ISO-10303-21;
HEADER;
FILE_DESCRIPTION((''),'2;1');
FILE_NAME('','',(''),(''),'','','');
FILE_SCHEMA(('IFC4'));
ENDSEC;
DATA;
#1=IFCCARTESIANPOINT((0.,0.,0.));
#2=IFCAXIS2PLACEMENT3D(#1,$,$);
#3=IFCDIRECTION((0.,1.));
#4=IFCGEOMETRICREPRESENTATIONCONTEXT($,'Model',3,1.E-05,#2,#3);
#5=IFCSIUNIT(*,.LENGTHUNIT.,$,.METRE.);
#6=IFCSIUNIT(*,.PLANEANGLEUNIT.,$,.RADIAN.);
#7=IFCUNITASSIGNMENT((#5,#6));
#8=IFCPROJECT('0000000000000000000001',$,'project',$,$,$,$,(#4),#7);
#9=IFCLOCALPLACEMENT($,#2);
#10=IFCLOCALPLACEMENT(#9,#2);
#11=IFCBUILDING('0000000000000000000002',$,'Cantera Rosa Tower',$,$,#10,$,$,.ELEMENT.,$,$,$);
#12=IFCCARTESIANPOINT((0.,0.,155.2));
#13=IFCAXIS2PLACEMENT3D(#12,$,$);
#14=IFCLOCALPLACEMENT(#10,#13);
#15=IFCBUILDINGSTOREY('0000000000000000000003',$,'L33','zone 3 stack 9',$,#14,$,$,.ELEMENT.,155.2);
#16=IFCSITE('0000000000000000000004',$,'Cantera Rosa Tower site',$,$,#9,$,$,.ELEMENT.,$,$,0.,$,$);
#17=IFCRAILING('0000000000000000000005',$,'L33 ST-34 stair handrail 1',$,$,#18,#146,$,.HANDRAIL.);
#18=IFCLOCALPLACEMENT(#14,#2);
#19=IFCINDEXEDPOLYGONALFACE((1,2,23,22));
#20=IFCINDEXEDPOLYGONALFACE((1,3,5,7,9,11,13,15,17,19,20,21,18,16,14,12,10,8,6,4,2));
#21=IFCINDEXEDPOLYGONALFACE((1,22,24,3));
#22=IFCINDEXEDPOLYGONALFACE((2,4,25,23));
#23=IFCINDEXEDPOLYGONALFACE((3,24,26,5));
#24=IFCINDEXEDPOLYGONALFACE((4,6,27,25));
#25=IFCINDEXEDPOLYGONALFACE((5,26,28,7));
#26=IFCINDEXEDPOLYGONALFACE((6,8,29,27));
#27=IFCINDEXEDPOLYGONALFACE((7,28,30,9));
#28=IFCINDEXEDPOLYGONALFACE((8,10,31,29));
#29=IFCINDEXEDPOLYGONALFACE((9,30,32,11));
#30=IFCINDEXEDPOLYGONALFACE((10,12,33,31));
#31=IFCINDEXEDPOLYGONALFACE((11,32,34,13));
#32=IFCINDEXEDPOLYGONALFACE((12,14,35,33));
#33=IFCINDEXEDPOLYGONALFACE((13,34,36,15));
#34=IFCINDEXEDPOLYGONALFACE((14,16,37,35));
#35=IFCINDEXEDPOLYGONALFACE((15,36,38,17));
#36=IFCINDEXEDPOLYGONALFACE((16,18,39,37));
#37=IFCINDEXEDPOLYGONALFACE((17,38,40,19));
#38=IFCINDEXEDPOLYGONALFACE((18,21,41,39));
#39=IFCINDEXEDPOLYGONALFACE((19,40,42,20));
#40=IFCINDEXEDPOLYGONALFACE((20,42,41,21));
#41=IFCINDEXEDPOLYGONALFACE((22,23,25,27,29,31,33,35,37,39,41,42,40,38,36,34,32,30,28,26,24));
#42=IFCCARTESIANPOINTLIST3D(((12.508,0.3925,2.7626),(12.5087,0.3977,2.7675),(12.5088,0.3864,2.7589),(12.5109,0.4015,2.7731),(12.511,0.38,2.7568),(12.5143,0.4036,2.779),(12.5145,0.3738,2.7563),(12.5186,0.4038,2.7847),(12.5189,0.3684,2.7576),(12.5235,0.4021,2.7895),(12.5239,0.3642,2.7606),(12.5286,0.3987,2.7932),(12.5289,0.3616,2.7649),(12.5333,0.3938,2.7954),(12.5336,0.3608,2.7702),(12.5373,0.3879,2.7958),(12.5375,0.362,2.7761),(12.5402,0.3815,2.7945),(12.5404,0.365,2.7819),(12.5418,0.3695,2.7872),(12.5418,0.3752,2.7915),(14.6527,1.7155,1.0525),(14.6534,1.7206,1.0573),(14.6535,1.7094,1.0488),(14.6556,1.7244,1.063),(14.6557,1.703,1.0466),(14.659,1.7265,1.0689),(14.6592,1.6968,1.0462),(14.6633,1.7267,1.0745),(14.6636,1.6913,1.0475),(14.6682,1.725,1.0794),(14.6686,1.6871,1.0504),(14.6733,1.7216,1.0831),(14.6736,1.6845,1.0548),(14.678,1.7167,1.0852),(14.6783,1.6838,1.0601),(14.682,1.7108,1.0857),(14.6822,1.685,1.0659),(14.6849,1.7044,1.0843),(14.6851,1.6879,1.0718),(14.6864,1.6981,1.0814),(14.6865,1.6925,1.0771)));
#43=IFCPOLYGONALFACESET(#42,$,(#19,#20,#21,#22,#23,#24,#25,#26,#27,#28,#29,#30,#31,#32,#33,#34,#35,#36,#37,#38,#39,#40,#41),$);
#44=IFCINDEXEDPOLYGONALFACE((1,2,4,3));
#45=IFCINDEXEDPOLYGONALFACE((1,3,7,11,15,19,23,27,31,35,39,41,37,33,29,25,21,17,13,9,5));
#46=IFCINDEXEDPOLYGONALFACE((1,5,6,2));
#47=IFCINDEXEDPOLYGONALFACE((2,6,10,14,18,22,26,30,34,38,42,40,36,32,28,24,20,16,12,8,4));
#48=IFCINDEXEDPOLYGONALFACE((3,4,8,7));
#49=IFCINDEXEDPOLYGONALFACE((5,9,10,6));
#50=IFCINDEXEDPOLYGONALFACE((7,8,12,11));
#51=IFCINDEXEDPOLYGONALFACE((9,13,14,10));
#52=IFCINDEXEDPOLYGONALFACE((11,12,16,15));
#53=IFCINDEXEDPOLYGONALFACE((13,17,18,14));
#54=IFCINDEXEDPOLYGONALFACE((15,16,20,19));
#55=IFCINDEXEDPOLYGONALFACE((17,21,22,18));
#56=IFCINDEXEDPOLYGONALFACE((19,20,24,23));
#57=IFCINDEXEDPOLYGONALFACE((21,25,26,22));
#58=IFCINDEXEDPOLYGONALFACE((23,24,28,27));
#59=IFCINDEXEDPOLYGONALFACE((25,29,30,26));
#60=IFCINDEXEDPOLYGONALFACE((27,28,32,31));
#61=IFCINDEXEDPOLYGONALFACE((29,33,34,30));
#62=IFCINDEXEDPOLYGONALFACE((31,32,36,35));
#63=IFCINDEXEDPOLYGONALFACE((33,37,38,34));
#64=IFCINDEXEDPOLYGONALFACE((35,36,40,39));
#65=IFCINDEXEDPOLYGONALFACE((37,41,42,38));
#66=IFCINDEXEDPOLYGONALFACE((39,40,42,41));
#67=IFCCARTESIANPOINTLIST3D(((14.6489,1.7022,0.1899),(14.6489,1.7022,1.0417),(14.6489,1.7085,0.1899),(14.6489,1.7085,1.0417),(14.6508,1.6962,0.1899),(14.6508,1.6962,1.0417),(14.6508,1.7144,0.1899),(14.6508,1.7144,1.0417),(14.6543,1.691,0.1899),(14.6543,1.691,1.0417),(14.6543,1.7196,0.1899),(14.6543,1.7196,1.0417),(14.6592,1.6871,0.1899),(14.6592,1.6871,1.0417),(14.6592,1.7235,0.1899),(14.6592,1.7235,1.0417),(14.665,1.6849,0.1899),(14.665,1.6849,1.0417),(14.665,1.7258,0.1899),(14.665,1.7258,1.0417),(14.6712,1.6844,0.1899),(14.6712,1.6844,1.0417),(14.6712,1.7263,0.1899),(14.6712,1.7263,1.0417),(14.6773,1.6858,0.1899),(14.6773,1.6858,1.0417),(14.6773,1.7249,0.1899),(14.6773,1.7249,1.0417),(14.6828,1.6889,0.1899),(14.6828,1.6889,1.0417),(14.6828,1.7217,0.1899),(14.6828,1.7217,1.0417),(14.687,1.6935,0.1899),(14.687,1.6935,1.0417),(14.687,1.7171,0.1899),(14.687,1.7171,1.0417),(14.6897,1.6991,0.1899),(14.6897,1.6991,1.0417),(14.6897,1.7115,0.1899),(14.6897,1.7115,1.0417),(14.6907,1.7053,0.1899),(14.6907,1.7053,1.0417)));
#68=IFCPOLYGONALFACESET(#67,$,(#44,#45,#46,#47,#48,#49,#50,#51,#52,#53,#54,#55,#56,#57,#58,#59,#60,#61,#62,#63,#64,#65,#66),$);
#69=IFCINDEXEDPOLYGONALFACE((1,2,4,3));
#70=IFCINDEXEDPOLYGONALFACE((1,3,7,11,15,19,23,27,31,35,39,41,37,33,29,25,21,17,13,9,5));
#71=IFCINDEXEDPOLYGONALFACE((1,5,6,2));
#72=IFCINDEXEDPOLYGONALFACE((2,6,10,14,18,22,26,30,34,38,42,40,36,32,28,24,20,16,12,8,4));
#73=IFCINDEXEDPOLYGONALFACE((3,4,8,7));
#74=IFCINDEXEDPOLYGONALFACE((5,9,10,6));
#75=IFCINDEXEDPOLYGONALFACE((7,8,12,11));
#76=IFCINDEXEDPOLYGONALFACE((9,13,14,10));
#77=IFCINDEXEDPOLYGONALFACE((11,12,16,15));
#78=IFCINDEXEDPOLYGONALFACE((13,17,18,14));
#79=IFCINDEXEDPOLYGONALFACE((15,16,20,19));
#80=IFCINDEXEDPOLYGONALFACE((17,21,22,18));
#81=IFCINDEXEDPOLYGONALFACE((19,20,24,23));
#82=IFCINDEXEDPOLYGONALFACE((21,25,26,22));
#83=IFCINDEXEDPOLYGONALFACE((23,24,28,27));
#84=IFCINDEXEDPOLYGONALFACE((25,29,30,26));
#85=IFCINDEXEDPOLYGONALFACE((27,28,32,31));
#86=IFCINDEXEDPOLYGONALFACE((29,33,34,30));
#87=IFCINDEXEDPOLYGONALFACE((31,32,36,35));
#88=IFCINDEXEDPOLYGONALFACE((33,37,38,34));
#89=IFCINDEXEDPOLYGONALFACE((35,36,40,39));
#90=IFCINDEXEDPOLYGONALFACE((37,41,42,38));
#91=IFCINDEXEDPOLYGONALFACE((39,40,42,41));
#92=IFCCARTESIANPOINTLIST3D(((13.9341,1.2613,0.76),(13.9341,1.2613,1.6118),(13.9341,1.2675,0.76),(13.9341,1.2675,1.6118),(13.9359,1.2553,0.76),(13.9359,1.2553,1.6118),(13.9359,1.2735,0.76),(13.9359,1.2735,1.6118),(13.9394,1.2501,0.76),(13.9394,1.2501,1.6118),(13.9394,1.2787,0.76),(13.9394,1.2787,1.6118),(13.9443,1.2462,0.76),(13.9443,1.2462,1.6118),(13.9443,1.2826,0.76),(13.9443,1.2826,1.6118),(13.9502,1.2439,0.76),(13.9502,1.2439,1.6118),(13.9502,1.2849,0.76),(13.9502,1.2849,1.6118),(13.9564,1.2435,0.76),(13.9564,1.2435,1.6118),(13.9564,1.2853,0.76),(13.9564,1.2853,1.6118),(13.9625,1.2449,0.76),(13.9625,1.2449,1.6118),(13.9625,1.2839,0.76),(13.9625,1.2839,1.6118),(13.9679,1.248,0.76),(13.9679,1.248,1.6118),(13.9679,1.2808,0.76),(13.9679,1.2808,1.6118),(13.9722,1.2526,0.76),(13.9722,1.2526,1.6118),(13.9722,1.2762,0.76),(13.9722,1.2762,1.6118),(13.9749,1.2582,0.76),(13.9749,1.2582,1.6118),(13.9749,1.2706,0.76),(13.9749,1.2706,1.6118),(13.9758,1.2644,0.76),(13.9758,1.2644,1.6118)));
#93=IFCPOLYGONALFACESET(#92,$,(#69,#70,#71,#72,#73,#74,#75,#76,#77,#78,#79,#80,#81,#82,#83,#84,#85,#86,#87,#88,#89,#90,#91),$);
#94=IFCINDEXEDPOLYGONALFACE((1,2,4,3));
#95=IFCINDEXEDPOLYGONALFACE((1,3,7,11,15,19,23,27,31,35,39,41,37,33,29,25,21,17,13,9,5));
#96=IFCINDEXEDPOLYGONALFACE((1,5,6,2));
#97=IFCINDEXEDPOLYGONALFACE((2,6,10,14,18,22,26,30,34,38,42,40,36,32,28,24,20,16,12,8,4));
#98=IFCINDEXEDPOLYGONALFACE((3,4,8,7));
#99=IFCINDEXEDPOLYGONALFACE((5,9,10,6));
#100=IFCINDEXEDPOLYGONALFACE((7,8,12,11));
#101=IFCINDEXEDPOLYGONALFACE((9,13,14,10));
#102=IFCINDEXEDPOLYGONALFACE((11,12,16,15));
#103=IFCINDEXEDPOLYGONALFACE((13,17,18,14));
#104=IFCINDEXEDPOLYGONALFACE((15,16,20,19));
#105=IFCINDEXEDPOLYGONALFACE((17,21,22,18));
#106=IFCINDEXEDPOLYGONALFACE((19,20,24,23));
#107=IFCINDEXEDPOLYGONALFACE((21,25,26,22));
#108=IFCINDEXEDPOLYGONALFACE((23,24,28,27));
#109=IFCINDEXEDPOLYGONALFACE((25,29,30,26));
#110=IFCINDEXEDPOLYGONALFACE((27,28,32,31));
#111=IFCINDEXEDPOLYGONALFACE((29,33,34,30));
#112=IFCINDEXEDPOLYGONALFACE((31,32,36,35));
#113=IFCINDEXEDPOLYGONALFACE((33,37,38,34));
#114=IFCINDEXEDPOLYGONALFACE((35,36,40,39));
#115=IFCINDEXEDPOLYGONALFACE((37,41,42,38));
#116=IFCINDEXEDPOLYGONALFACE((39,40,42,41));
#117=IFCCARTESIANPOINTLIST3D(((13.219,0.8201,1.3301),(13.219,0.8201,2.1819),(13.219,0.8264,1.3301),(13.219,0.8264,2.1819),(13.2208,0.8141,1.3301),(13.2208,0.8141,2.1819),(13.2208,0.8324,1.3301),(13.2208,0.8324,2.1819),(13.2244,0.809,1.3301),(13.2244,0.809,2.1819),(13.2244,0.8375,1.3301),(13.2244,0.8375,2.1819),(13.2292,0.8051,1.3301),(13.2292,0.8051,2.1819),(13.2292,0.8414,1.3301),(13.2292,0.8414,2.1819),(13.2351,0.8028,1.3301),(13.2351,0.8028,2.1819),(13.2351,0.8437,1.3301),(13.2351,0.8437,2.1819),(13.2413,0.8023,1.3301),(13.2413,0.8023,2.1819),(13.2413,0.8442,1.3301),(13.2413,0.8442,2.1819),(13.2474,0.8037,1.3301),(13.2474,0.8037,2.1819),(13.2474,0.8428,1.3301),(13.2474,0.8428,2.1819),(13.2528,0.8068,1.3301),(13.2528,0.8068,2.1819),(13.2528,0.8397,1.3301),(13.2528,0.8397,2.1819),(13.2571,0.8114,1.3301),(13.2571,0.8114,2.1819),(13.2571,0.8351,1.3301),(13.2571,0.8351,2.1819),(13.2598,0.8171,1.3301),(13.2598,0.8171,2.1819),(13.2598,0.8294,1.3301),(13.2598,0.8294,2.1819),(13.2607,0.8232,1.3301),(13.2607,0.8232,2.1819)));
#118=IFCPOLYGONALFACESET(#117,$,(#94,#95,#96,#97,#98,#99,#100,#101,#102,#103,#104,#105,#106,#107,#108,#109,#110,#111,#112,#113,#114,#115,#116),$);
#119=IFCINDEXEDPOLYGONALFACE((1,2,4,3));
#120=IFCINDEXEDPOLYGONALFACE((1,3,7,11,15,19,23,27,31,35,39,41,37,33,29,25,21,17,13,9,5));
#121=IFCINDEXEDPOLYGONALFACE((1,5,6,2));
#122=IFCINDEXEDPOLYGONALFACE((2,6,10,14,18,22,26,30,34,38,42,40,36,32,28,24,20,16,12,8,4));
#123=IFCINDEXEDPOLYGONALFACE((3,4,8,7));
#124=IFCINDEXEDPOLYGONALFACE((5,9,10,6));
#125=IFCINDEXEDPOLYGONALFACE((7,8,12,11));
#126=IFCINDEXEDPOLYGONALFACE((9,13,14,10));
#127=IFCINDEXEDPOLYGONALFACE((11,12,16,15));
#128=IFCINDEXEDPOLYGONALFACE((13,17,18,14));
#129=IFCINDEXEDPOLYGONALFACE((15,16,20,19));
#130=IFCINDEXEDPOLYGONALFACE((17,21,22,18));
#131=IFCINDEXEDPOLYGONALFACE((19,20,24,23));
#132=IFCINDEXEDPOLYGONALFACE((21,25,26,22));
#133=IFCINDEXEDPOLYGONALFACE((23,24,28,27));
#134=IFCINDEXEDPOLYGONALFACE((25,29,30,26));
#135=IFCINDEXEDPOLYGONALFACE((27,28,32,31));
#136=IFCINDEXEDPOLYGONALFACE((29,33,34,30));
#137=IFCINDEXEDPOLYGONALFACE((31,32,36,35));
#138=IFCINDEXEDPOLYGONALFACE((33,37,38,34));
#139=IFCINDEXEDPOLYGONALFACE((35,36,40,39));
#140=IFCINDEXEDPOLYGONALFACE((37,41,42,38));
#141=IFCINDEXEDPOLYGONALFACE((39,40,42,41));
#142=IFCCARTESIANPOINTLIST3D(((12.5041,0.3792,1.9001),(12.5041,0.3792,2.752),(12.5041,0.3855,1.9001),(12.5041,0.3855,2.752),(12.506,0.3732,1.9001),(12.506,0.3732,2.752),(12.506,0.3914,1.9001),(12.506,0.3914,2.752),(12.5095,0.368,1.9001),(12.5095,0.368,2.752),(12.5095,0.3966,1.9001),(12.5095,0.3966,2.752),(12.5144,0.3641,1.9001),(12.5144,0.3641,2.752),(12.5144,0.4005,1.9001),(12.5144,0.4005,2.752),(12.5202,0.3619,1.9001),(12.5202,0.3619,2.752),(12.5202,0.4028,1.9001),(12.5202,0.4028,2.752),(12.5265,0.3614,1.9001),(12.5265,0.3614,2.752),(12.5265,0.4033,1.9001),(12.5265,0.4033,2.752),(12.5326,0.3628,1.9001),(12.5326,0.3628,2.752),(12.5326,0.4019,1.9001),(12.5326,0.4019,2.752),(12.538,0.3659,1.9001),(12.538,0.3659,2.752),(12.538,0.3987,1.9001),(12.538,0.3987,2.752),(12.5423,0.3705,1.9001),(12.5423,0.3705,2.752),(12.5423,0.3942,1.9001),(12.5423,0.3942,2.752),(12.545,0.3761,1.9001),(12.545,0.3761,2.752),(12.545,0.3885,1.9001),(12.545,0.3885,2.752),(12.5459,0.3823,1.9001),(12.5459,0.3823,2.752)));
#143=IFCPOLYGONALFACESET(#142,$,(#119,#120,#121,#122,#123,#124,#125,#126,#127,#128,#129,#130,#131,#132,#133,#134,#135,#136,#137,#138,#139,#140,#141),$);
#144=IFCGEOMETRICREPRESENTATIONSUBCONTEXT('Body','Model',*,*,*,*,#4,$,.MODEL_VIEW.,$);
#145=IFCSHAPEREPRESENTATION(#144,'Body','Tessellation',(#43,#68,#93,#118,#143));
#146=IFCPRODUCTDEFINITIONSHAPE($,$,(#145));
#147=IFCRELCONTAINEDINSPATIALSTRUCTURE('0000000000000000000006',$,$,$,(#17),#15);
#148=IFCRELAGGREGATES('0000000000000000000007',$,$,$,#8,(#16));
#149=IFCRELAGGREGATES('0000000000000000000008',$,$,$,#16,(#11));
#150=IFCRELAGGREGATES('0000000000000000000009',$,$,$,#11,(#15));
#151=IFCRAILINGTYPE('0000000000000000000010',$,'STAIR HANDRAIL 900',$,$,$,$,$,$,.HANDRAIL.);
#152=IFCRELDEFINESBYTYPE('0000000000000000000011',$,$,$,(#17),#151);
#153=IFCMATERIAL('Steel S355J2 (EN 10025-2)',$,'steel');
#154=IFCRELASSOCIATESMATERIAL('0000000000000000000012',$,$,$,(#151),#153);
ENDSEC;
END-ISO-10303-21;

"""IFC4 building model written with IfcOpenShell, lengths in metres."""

from ifc_helpers import new_model, si_unit, direction, frame, origin, origin_2d, place, context, subcontext, project, spatial, circle, extrude, material, type_object, element, save


model = new_model("IFC4")

# Units and contexts
model_context = context("Model", 3, precision=1e-05, world=origin(), true_north=direction((0.0, 1.0)))
body_context = subcontext(model_context, "Body", "Model", "MODEL_VIEW")
ifc_project = project(units=[si_unit("LENGTHUNIT", "METRE"), si_unit("PLANEANGLEUNIT", "RADIAN")], contexts=[model_context])

# Site, building, storey
site_placement = place(None, origin())
site = spatial("IfcSite", under=ifc_project, at=site_placement, Name="Cantera Rosa Tower site", CompositionType="ELEMENT", RefElevation=0.0)
building_placement = place(site_placement, origin())
building = spatial("IfcBuilding", under=site, at=building_placement, Name="Cantera Rosa Tower", CompositionType="ELEMENT")
storey_placement = place(building_placement, frame((0.0, 0.0, 155.2)))
storey = spatial("IfcBuildingStorey", under=building, at=storey_placement, Name="L33", Description="zone 3 stack 9", CompositionType="ELEMENT", Elevation=155.2)

# Railing
ifc_material_1 = material(Name="Steel S355J2 (EN 10025-2)", Category="steel")
railing_type_1 = type_object("IfcRailingType", Name="STAIR HANDRAIL 900", PredefinedType="HANDRAIL", material=ifc_material_1)
railing_1_placement = place(storey_placement, frame((14.6697, 1.7053, 0.1899)))
element("IfcRailing", 1, at=railing_1_placement, inside=storey, type_object=railing_type_1, Name="L33 ST-34 stair handrail 1", PredefinedType="HANDRAIL", context=body_context, shape_type="SweptSolid", body=[
    extrude(circle(Radius=0.0239, at=origin_2d()), frame((0.0, 0.0, 0.876), z_axis=(-0.70424, -0.434408, 0.561548), x_axis=(0.525, -0.851102, 0.0)), (0.0, 0.0, 1.0), 3.0454),
    extrude(circle(Radius=0.021, at=origin_2d()), origin(), (0.0, 0.0, 1.0), 0.8518),
    extrude(circle(Radius=0.021, at=origin_2d()), frame((-0.7148, -0.4409, 0.5701)), (0.0, 0.0, 1.0), 0.8518),
    extrude(circle(Radius=0.021, at=origin_2d()), frame((-1.4299, -0.8821, 1.1401)), (0.0, 0.0, 1.0), 0.8518),
    extrude(circle(Radius=0.021, at=origin_2d()), frame((-2.1448, -1.323, 1.7102)), (0.0, 0.0, 1.0), 0.8518),
])

save(model, "model.ifc")
